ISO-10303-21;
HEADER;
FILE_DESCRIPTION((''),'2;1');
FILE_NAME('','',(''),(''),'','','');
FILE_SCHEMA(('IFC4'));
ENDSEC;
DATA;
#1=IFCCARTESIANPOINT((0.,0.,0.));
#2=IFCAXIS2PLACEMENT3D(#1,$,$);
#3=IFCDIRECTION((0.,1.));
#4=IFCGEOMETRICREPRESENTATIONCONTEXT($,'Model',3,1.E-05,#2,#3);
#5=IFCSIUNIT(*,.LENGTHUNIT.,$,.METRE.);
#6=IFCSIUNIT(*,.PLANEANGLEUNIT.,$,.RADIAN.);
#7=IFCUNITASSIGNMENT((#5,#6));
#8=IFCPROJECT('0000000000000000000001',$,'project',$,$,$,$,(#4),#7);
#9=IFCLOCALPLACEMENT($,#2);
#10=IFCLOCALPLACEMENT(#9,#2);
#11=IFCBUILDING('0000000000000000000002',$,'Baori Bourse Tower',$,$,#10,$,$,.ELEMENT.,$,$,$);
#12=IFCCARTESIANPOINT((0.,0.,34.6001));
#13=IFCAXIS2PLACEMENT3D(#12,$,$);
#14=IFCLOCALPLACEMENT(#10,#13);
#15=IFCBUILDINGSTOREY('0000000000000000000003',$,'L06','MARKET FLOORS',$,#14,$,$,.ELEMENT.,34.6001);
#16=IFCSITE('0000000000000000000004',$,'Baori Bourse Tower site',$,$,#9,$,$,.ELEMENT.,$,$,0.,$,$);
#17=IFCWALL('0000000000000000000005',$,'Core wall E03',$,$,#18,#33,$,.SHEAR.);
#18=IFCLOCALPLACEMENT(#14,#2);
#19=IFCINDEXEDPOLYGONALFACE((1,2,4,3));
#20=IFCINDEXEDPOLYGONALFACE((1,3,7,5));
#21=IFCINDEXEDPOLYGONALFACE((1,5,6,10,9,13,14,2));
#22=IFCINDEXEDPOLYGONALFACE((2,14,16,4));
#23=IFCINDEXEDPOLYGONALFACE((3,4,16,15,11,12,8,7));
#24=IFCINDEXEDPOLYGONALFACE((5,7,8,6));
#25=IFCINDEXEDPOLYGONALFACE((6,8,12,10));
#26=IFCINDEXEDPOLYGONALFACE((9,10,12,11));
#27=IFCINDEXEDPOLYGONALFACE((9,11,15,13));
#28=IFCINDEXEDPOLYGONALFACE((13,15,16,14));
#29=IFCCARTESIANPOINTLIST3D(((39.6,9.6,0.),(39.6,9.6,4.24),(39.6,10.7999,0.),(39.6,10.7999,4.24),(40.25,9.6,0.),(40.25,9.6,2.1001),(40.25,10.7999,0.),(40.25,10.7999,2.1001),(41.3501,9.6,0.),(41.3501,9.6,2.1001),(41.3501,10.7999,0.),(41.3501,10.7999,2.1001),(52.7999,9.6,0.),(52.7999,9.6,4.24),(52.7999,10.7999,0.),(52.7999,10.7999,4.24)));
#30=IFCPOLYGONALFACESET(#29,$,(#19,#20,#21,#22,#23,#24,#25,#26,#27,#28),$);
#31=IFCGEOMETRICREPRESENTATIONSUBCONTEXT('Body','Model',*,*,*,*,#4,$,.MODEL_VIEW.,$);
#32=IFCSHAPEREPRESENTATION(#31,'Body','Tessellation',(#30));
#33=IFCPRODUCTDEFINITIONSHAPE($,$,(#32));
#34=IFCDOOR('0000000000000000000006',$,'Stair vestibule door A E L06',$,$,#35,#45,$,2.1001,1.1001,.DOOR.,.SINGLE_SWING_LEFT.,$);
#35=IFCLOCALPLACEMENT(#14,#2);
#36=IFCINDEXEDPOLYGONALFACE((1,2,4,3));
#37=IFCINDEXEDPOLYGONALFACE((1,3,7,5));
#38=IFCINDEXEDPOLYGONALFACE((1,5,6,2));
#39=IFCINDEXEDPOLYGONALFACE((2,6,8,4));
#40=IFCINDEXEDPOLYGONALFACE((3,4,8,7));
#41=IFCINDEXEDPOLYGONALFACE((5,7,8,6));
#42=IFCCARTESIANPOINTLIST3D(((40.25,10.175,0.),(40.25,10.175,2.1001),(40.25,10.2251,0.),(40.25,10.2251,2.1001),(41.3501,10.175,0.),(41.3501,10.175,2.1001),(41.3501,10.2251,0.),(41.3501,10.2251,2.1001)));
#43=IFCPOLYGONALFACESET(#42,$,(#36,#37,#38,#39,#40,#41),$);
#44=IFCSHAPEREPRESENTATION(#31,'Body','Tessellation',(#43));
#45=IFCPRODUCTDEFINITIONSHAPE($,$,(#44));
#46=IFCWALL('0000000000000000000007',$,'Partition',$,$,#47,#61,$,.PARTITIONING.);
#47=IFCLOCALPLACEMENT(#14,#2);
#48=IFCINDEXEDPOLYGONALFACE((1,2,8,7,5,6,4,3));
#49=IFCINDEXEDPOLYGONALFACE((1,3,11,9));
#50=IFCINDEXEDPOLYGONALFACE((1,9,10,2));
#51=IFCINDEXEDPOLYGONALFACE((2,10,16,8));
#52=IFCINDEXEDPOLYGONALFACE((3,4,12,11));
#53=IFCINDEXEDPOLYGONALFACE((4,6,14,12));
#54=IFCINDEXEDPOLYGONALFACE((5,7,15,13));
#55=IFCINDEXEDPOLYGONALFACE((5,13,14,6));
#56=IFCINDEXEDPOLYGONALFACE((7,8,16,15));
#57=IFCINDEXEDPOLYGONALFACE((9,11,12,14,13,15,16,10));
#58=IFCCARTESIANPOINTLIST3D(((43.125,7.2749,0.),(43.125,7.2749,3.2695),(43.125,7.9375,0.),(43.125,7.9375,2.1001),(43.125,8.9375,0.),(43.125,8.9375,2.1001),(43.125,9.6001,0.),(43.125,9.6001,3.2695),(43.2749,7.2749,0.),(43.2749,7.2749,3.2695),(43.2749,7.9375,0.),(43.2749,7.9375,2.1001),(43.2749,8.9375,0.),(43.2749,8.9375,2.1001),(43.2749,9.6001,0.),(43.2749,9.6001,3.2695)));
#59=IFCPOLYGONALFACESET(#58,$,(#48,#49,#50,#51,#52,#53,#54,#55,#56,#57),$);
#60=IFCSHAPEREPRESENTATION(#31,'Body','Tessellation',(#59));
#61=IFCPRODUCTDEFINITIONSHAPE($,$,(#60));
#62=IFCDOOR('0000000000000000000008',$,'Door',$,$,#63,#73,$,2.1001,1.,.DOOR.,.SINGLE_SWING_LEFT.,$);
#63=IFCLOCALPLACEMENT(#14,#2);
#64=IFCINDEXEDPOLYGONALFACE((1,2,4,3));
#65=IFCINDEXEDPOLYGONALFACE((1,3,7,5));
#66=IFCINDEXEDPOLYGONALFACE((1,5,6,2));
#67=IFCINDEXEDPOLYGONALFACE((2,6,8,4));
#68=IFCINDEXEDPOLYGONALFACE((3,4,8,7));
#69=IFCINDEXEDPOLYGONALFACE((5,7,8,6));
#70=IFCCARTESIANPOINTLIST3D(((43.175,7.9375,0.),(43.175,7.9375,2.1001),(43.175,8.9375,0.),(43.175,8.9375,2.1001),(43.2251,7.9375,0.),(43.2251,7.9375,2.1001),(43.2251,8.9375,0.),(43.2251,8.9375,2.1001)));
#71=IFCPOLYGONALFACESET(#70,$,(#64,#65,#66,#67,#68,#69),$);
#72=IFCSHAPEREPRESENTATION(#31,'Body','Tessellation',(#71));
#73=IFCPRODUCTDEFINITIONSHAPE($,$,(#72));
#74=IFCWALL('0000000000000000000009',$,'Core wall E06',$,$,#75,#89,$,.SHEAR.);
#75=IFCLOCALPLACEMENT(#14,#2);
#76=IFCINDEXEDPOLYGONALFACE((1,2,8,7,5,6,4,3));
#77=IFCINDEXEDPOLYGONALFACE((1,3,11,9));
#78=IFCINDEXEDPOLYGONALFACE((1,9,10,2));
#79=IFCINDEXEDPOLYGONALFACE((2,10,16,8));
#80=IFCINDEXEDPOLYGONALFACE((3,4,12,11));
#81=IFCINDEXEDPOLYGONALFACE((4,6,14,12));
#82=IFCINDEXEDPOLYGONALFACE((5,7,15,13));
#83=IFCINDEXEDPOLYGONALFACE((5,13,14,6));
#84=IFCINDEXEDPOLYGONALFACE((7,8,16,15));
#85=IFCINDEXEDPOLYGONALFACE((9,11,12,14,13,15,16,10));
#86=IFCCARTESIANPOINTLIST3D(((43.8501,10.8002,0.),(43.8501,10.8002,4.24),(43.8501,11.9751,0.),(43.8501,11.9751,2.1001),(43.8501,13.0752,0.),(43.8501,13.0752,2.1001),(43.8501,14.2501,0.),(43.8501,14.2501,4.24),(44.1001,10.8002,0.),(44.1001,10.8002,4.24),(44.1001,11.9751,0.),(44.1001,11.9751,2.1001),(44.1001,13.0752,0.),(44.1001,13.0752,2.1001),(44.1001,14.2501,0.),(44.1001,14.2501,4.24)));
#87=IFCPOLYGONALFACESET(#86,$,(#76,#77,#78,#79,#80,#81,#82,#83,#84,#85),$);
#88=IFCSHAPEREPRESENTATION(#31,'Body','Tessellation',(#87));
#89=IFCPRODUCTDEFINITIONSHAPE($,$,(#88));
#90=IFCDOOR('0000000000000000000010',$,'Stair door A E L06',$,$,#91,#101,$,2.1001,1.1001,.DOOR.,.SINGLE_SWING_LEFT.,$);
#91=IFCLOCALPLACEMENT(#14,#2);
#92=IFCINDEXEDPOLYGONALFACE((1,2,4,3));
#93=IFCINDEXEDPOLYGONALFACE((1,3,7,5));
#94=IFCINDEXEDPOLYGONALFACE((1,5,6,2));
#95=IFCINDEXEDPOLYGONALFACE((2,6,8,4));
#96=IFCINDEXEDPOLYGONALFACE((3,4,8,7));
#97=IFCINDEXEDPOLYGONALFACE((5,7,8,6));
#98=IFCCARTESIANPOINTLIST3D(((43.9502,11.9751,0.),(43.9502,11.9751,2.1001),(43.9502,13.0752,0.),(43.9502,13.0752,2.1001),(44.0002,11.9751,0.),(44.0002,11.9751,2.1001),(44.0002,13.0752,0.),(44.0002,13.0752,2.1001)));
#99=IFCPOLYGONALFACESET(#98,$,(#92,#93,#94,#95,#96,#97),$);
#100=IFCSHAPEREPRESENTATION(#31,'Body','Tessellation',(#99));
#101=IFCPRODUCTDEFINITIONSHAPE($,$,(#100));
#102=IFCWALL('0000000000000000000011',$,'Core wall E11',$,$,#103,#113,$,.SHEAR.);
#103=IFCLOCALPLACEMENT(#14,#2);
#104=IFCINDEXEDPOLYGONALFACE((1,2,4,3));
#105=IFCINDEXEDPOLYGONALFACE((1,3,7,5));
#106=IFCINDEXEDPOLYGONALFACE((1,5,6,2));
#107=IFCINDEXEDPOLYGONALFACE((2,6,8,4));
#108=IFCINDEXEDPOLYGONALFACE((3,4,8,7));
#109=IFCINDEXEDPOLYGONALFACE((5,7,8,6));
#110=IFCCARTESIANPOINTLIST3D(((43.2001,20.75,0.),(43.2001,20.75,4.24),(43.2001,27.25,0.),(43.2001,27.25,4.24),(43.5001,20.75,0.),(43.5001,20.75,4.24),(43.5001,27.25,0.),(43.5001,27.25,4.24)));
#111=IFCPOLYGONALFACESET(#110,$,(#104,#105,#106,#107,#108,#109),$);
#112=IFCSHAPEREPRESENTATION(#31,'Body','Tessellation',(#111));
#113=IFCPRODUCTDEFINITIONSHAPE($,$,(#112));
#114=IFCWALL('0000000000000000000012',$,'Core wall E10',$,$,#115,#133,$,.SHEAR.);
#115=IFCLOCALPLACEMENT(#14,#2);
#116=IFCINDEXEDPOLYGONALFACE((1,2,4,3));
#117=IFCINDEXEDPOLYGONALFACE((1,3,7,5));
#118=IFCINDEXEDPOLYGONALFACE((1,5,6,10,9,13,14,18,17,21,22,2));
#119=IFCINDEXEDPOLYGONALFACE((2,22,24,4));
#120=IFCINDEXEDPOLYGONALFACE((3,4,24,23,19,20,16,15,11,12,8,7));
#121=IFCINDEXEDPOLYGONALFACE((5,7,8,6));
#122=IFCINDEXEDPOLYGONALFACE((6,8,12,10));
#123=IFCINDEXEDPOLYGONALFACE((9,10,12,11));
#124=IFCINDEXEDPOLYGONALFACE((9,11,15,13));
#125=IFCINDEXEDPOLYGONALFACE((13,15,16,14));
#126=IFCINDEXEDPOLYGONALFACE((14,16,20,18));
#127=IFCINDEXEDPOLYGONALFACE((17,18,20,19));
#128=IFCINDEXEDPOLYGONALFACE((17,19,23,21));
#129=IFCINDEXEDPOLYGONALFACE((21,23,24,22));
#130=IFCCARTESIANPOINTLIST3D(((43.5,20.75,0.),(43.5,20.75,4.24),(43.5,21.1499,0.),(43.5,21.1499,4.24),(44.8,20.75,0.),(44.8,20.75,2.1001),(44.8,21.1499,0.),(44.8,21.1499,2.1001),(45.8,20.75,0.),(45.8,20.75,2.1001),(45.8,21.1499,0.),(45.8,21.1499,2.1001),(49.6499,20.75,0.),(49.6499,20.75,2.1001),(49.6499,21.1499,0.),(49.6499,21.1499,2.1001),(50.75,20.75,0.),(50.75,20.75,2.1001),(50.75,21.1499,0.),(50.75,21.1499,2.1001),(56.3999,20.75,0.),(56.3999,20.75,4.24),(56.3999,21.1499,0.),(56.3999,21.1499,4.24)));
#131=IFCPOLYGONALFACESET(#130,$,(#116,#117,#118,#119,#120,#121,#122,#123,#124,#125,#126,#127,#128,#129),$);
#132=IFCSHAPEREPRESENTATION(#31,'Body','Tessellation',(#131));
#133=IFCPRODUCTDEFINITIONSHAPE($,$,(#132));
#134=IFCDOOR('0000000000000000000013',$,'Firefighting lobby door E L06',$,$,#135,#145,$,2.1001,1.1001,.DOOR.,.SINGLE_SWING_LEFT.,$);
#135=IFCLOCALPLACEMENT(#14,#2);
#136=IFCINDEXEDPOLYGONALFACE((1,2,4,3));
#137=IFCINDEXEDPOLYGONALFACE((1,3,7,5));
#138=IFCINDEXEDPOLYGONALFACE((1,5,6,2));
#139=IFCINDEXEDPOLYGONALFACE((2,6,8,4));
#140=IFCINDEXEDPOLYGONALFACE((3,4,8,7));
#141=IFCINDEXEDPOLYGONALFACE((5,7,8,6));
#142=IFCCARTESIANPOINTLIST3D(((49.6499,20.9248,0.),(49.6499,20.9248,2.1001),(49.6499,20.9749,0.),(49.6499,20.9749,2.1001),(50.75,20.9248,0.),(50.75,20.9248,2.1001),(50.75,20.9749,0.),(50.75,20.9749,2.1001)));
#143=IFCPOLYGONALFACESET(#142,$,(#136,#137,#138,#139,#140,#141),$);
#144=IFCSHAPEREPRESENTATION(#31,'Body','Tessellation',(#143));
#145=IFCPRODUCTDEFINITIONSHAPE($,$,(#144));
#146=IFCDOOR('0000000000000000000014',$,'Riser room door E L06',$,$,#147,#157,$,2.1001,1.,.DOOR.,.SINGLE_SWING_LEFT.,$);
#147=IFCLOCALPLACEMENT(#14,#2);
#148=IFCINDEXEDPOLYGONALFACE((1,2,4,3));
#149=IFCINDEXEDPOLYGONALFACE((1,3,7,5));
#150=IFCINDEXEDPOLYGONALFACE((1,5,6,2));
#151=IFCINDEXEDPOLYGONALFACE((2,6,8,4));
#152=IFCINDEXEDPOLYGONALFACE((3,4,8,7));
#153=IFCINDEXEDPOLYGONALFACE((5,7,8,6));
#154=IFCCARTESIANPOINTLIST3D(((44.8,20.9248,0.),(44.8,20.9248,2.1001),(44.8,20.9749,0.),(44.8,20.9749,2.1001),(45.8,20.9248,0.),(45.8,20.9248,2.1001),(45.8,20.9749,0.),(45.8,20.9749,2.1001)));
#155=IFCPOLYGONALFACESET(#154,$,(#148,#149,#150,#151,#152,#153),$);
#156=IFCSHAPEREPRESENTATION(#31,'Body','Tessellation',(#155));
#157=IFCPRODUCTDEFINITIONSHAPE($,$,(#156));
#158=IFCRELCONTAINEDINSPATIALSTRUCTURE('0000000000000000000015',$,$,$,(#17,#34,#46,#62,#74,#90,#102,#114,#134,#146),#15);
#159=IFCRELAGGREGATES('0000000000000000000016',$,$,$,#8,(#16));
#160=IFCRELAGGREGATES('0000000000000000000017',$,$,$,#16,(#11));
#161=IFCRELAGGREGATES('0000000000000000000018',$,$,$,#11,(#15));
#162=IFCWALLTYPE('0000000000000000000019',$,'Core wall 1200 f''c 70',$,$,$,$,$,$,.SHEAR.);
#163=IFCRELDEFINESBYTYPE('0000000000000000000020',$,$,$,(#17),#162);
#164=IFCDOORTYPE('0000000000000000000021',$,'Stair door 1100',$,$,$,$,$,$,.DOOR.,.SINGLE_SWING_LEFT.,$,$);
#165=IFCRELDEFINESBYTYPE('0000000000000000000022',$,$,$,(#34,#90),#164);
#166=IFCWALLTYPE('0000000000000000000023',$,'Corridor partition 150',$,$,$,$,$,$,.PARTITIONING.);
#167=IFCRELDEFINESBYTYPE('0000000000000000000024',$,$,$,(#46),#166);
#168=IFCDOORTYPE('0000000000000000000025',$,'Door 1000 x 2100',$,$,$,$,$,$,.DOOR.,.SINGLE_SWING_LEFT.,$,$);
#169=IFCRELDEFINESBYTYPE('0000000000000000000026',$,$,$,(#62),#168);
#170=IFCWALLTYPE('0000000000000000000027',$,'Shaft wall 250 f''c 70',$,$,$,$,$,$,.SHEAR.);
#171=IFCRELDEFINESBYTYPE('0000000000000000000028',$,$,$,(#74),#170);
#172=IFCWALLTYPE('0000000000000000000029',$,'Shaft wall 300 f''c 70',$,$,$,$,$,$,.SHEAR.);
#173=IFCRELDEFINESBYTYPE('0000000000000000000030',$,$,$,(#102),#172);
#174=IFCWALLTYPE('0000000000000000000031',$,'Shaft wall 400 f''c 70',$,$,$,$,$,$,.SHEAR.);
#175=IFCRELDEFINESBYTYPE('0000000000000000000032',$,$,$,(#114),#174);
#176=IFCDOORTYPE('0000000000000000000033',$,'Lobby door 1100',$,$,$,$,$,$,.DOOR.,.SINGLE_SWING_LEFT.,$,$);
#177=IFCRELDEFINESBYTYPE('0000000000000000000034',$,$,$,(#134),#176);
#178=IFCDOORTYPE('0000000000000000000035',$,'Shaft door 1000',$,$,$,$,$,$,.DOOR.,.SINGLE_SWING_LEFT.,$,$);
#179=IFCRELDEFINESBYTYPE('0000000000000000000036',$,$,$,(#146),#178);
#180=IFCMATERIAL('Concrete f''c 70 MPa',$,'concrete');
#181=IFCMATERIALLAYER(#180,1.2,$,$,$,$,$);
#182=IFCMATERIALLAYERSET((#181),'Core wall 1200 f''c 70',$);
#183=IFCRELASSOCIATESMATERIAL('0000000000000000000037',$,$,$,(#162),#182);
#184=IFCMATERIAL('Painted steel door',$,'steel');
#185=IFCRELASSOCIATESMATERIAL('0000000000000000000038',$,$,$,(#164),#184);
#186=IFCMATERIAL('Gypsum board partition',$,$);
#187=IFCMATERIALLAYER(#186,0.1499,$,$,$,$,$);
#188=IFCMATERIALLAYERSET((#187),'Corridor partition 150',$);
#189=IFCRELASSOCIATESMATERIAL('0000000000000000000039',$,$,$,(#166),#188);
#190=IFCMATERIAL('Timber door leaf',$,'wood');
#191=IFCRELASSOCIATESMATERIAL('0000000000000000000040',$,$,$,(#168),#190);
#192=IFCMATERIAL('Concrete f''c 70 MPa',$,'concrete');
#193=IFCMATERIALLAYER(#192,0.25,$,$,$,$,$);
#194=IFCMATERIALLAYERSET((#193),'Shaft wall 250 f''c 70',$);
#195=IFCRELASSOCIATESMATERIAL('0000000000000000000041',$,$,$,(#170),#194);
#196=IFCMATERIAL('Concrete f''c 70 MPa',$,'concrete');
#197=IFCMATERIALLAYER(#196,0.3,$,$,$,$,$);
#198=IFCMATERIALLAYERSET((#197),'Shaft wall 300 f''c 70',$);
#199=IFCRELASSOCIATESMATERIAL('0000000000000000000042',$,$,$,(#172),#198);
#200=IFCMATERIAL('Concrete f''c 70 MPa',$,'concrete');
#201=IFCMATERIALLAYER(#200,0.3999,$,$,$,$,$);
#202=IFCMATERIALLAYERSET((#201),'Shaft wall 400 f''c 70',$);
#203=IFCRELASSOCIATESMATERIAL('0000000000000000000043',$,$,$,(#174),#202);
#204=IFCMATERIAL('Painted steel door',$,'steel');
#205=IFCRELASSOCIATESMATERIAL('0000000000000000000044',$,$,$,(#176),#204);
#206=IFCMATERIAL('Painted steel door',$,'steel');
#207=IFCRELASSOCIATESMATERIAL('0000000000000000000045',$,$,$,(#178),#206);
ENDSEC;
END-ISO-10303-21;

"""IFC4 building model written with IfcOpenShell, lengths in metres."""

from ifc_helpers import new_model, si_unit, direction, frame, frame_2d, origin, place, context, subcontext, project, spatial, rectangle, extrude, material, layer, layer_set, type_object, element, fill, save


model = new_model("IFC4")

# Units and contexts
model_context = context("Model", 3, precision=1e-05, world=origin(), true_north=direction((0.0, 1.0)))
body_context = subcontext(model_context, "Body", "Model", "MODEL_VIEW")
ifc_project = project(units=[si_unit("LENGTHUNIT", "METRE"), si_unit("PLANEANGLEUNIT", "RADIAN")], contexts=[model_context])

# Site, building, storey
site_placement = place(None, origin())
site = spatial("IfcSite", under=ifc_project, at=site_placement, Name="Baori Bourse Tower site", CompositionType="ELEMENT", RefElevation=0.0)
building_placement = place(site_placement, origin())
building = spatial("IfcBuilding", under=site, at=building_placement, Name="Baori Bourse Tower", CompositionType="ELEMENT")
storey_placement = place(building_placement, frame((0.0, 0.0, 34.6001)))
storey = spatial("IfcBuildingStorey", under=building, at=storey_placement, Name="L06", Description="MARKET FLOORS", CompositionType="ELEMENT", Elevation=34.6001)

# Shared definitions
ifc_material_1 = material(Name="Concrete f'c 70 MPa", Category="concrete")
ifc_layer_1 = layer(ifc_material_1, 1.2)
ifc_layer_set_1 = layer_set([ifc_layer_1], Name="Core wall 1200 f'c 70")
wall_type_1 = type_object("IfcWallType", Name="Core wall 1200 f'c 70", PredefinedType="SHEAR", material=ifc_layer_set_1)

# Walls, openings, doors
wall_1_placement = place(storey_placement, frame((52.8, 10.2, 0.0), z_axis=(0.0, 0.0, 1.0), x_axis=(-1.0, 0.0, 0.0)))
wall_1 = element("IfcWall", 1, at=wall_1_placement, inside=storey, type_object=wall_type_1, Name="Core wall E03", PredefinedType="SHEAR", context=body_context, shape_type="SweptSolid", body=[
    extrude(rectangle(XDim=13.2, YDim=1.2, at=frame_2d((6.6001, 0.0))), origin(), (0.0, 0.0, 1.0), 4.24),
])
opening_1_placement = place(wall_1_placement, frame((11.45, 0.0, 0.0)))
opening_1 = element("IfcOpeningElement", 2, at=opening_1_placement, cuts=wall_1, PredefinedType="OPENING", context=body_context, shape_type="SweptSolid", body=[
    extrude(rectangle(XDim=1.1001, YDim=2.1001, at=frame_2d((0.55, 1.05))), frame((0.0, 0.6099, 0.0), z_axis=(0.0, -1.0, 0.0), x_axis=(1.0, 0.0, 0.0)), (0.0, 0.0, 1.0), 1.22),
])
ifc_material_2 = material(Name="Painted steel door", Category="steel")
door_type_1 = type_object("IfcDoorType", Name="Stair door 1100", OperationType="SINGLE_SWING_LEFT", PredefinedType="DOOR", material=ifc_material_2)
door_1_placement = place(opening_1_placement, origin())
door_1 = element("IfcDoor", 3, at=door_1_placement, inside=storey, type_object=door_type_1, Name="Stair vestibule door A E L06", OperationType="SINGLE_SWING_LEFT", OverallHeight=2.1001, OverallWidth=1.1001, PredefinedType="DOOR", context=body_context, shape_type="SweptSolid", body=[
    extrude(rectangle(XDim=1.1001, YDim=2.1001, at=frame_2d((0.55, 1.05))), frame((0.0, 0.0249, 0.0), z_axis=(0.0, -1.0, 0.0), x_axis=(1.0, 0.0, 0.0)), (0.0, 0.0, 1.0), 0.05),
])
fill(opening_1, door_1)
ifc_material_3 = material(Name="Gypsum board partition")
ifc_layer_2 = layer(ifc_material_3, 0.1499)
ifc_layer_set_2 = layer_set([ifc_layer_2], Name="Corridor partition 150")
wall_type_2 = type_object("IfcWallType", Name="Corridor partition 150", PredefinedType="PARTITIONING", material=ifc_layer_set_2)
wall_2_placement = place(storey_placement, frame((43.2, 7.2749, 0.0), z_axis=(0.0, 0.0, 1.0), x_axis=(0.0, 1.0, 0.0)))
wall_2 = element("IfcWall", 4, at=wall_2_placement, inside=storey, type_object=wall_type_2, Name="Partition", PredefinedType="PARTITIONING", context=body_context, shape_type="SweptSolid", body=[
    extrude(rectangle(XDim=2.3252, YDim=0.1499, at=frame_2d((1.1626, 0.0))), origin(), (0.0, 0.0, 1.0), 3.2695),
])
opening_2_placement = place(wall_2_placement, frame((0.6626, 0.0, 0.0)))
opening_2 = element("IfcOpeningElement", 5, at=opening_2_placement, cuts=wall_2, PredefinedType="OPENING", context=body_context, shape_type="SweptSolid", body=[
    extrude(rectangle(XDim=1.0, YDim=2.1001, at=frame_2d((0.5, 1.05))), frame((0.0, 0.085, 0.0), z_axis=(0.0, -1.0, 0.0), x_axis=(1.0, 0.0, 0.0)), (0.0, 0.0, 1.0), 0.1699),
])
ifc_material_4 = material(Name="Timber door leaf", Category="wood")
door_type_2 = type_object("IfcDoorType", Name="Door 1000 x 2100", OperationType="SINGLE_SWING_LEFT", PredefinedType="DOOR", material=ifc_material_4)
door_2_placement = place(opening_2_placement, origin())
door_2 = element("IfcDoor", 6, at=door_2_placement, inside=storey, type_object=door_type_2, Name="Door", OperationType="SINGLE_SWING_LEFT", OverallHeight=2.1001, OverallWidth=1.0, PredefinedType="DOOR", context=body_context, shape_type="SweptSolid", body=[
    extrude(rectangle(XDim=1.0, YDim=2.1001, at=frame_2d((0.5, 1.05))), frame((0.0, 0.0249, 0.0), z_axis=(0.0, -1.0, 0.0), x_axis=(1.0, 0.0, 0.0)), (0.0, 0.0, 1.0), 0.05),
])
fill(opening_2, door_2)
ifc_material_5 = material(Name="Concrete f'c 70 MPa", Category="concrete")
ifc_layer_3 = layer(ifc_material_5, 0.25)
ifc_layer_set_3 = layer_set([ifc_layer_3], Name="Shaft wall 250 f'c 70")
wall_type_3 = type_object("IfcWallType", Name="Shaft wall 250 f'c 70", PredefinedType="SHEAR", material=ifc_layer_set_3)
wall_3_placement = place(storey_placement, frame((43.9751, 10.8, 0.0), z_axis=(0.0, 0.0, 1.0), x_axis=(0.0, 1.0, 0.0)))
wall_3 = element("IfcWall", 7, at=wall_3_placement, inside=storey, type_object=wall_type_3, Name="Core wall E06", PredefinedType="SHEAR", context=body_context, shape_type="SweptSolid", body=[
    extrude(rectangle(XDim=3.45, YDim=0.25, at=frame_2d((1.7251, 0.0))), origin(), (0.0, 0.0, 1.0), 4.24),
])
opening_3_placement = place(wall_3_placement, frame((1.175, 0.0, 0.0)))
opening_3 = element("IfcOpeningElement", 8, at=opening_3_placement, cuts=wall_3, PredefinedType="OPENING", context=body_context, shape_type="SweptSolid", body=[
    extrude(rectangle(XDim=1.1001, YDim=2.1001, at=frame_2d((0.55, 1.05))), frame((0.0, 0.135, 0.0), z_axis=(0.0, -1.0, 0.0), x_axis=(1.0, 0.0, 0.0)), (0.0, 0.0, 1.0), 0.27),
])
door_3_placement = place(opening_3_placement, origin())
door_3 = element("IfcDoor", 9, at=door_3_placement, inside=storey, type_object=door_type_1, Name="Stair door A E L06", OperationType="SINGLE_SWING_LEFT", OverallHeight=2.1001, OverallWidth=1.1001, PredefinedType="DOOR", context=body_context, shape_type="SweptSolid", body=[
    extrude(rectangle(XDim=1.1001, YDim=2.1001, at=frame_2d((0.55, 1.05))), frame((0.0, 0.0249, 0.0), z_axis=(0.0, -1.0, 0.0), x_axis=(1.0, 0.0, 0.0)), (0.0, 0.0, 1.0), 0.05),
])
fill(opening_3, door_3)

# Wall
ifc_material_6 = material(Name="Concrete f'c 70 MPa", Category="concrete")
ifc_layer_4 = layer(ifc_material_6, 0.3)
ifc_layer_set_4 = layer_set([ifc_layer_4], Name="Shaft wall 300 f'c 70")
wall_type_4 = type_object("IfcWallType", Name="Shaft wall 300 f'c 70", PredefinedType="SHEAR", material=ifc_layer_set_4)
wall_4_placement = place(storey_placement, frame((43.3501, 20.75, 0.0), z_axis=(0.0, 0.0, 1.0), x_axis=(0.0, 1.0, 0.0)))
element("IfcWall", 10, at=wall_4_placement, inside=storey, type_object=wall_type_4, Name="Core wall E11", PredefinedType="SHEAR", context=body_context, shape_type="SweptSolid", body=[
    extrude(rectangle(XDim=6.5, YDim=0.3, at=frame_2d((3.25, 0.0))), origin(), (0.0, 0.0, 1.0), 4.24),
])

# Wall, openings, doors
ifc_material_7 = material(Name="Concrete f'c 70 MPa", Category="concrete")
ifc_layer_5 = layer(ifc_material_7, 0.3999)
ifc_layer_set_5 = layer_set([ifc_layer_5], Name="Shaft wall 400 f'c 70")
wall_type_5 = type_object("IfcWallType", Name="Shaft wall 400 f'c 70", PredefinedType="SHEAR", material=ifc_layer_set_5)
wall_5_placement = place(storey_placement, frame((43.5, 20.95, 0.0), z_axis=(0.0, 0.0, 1.0), x_axis=(1.0, 0.0, 0.0)))
wall_5 = element("IfcWall", 11, at=wall_5_placement, inside=storey, type_object=wall_type_5, Name="Core wall E10", PredefinedType="SHEAR", context=body_context, shape_type="SweptSolid", body=[
    extrude(rectangle(XDim=12.8999, YDim=0.3999, at=frame_2d((6.45, 0.0))), origin(), (0.0, 0.0, 1.0), 4.24),
])
opening_4_placement = place(wall_5_placement, frame((6.1499, 0.0, 0.0)))
opening_4 = element("IfcOpeningElement", 12, at=opening_4_placement, cuts=wall_5, PredefinedType="OPENING", context=body_context, shape_type="SweptSolid", body=[
    extrude(rectangle(XDim=1.1001, YDim=2.1001, at=frame_2d((0.55, 1.05))), frame((0.0, 0.21, 0.0), z_axis=(0.0, -1.0, 0.0), x_axis=(1.0, 0.0, 0.0)), (0.0, 0.0, 1.0), 0.4199),
])
opening_5_placement = place(wall_5_placement, frame((1.3, 0.0, 0.0)))
opening_5 = element("IfcOpeningElement", 13, at=opening_5_placement, cuts=wall_5, PredefinedType="OPENING", context=body_context, shape_type="SweptSolid", body=[
    extrude(rectangle(XDim=1.0, YDim=2.1001, at=frame_2d((0.5, 1.05))), frame((0.0, 0.21, 0.0), z_axis=(0.0, -1.0, 0.0), x_axis=(1.0, 0.0, 0.0)), (0.0, 0.0, 1.0), 0.4199),
])
ifc_material_8 = material(Name="Painted steel door", Category="steel")
door_type_3 = type_object("IfcDoorType", Name="Lobby door 1100", OperationType="SINGLE_SWING_LEFT", PredefinedType="DOOR", material=ifc_material_8)
door_4_placement = place(opening_4_placement, origin())
door_4 = element("IfcDoor", 14, at=door_4_placement, inside=storey, type_object=door_type_3, Name="Firefighting lobby door E L06", OperationType="SINGLE_SWING_LEFT", OverallHeight=2.1001, OverallWidth=1.1001, PredefinedType="DOOR", context=body_context, shape_type="SweptSolid", body=[
    extrude(rectangle(XDim=1.1001, YDim=2.1001, at=frame_2d((0.55, 1.05))), frame((0.0, 0.0249, 0.0), z_axis=(0.0, -1.0, 0.0), x_axis=(1.0, 0.0, 0.0)), (0.0, 0.0, 1.0), 0.05),
])
fill(opening_4, door_4)
ifc_material_9 = material(Name="Painted steel door", Category="steel")
door_type_4 = type_object("IfcDoorType", Name="Shaft door 1000", OperationType="SINGLE_SWING_LEFT", PredefinedType="DOOR", material=ifc_material_9)
door_5_placement = place(opening_5_placement, origin())
door_5 = element("IfcDoor", 15, at=door_5_placement, inside=storey, type_object=door_type_4, Name="Riser room door E L06", OperationType="SINGLE_SWING_LEFT", OverallHeight=2.1001, OverallWidth=1.0, PredefinedType="DOOR", context=body_context, shape_type="SweptSolid", body=[
    extrude(rectangle(XDim=1.0, YDim=2.1001, at=frame_2d((0.5, 1.05))), frame((0.0, 0.0249, 0.0), z_axis=(0.0, -1.0, 0.0), x_axis=(1.0, 0.0, 0.0)), (0.0, 0.0, 1.0), 0.05),
])
fill(opening_5, door_5)

save(model, "model.ifc")
